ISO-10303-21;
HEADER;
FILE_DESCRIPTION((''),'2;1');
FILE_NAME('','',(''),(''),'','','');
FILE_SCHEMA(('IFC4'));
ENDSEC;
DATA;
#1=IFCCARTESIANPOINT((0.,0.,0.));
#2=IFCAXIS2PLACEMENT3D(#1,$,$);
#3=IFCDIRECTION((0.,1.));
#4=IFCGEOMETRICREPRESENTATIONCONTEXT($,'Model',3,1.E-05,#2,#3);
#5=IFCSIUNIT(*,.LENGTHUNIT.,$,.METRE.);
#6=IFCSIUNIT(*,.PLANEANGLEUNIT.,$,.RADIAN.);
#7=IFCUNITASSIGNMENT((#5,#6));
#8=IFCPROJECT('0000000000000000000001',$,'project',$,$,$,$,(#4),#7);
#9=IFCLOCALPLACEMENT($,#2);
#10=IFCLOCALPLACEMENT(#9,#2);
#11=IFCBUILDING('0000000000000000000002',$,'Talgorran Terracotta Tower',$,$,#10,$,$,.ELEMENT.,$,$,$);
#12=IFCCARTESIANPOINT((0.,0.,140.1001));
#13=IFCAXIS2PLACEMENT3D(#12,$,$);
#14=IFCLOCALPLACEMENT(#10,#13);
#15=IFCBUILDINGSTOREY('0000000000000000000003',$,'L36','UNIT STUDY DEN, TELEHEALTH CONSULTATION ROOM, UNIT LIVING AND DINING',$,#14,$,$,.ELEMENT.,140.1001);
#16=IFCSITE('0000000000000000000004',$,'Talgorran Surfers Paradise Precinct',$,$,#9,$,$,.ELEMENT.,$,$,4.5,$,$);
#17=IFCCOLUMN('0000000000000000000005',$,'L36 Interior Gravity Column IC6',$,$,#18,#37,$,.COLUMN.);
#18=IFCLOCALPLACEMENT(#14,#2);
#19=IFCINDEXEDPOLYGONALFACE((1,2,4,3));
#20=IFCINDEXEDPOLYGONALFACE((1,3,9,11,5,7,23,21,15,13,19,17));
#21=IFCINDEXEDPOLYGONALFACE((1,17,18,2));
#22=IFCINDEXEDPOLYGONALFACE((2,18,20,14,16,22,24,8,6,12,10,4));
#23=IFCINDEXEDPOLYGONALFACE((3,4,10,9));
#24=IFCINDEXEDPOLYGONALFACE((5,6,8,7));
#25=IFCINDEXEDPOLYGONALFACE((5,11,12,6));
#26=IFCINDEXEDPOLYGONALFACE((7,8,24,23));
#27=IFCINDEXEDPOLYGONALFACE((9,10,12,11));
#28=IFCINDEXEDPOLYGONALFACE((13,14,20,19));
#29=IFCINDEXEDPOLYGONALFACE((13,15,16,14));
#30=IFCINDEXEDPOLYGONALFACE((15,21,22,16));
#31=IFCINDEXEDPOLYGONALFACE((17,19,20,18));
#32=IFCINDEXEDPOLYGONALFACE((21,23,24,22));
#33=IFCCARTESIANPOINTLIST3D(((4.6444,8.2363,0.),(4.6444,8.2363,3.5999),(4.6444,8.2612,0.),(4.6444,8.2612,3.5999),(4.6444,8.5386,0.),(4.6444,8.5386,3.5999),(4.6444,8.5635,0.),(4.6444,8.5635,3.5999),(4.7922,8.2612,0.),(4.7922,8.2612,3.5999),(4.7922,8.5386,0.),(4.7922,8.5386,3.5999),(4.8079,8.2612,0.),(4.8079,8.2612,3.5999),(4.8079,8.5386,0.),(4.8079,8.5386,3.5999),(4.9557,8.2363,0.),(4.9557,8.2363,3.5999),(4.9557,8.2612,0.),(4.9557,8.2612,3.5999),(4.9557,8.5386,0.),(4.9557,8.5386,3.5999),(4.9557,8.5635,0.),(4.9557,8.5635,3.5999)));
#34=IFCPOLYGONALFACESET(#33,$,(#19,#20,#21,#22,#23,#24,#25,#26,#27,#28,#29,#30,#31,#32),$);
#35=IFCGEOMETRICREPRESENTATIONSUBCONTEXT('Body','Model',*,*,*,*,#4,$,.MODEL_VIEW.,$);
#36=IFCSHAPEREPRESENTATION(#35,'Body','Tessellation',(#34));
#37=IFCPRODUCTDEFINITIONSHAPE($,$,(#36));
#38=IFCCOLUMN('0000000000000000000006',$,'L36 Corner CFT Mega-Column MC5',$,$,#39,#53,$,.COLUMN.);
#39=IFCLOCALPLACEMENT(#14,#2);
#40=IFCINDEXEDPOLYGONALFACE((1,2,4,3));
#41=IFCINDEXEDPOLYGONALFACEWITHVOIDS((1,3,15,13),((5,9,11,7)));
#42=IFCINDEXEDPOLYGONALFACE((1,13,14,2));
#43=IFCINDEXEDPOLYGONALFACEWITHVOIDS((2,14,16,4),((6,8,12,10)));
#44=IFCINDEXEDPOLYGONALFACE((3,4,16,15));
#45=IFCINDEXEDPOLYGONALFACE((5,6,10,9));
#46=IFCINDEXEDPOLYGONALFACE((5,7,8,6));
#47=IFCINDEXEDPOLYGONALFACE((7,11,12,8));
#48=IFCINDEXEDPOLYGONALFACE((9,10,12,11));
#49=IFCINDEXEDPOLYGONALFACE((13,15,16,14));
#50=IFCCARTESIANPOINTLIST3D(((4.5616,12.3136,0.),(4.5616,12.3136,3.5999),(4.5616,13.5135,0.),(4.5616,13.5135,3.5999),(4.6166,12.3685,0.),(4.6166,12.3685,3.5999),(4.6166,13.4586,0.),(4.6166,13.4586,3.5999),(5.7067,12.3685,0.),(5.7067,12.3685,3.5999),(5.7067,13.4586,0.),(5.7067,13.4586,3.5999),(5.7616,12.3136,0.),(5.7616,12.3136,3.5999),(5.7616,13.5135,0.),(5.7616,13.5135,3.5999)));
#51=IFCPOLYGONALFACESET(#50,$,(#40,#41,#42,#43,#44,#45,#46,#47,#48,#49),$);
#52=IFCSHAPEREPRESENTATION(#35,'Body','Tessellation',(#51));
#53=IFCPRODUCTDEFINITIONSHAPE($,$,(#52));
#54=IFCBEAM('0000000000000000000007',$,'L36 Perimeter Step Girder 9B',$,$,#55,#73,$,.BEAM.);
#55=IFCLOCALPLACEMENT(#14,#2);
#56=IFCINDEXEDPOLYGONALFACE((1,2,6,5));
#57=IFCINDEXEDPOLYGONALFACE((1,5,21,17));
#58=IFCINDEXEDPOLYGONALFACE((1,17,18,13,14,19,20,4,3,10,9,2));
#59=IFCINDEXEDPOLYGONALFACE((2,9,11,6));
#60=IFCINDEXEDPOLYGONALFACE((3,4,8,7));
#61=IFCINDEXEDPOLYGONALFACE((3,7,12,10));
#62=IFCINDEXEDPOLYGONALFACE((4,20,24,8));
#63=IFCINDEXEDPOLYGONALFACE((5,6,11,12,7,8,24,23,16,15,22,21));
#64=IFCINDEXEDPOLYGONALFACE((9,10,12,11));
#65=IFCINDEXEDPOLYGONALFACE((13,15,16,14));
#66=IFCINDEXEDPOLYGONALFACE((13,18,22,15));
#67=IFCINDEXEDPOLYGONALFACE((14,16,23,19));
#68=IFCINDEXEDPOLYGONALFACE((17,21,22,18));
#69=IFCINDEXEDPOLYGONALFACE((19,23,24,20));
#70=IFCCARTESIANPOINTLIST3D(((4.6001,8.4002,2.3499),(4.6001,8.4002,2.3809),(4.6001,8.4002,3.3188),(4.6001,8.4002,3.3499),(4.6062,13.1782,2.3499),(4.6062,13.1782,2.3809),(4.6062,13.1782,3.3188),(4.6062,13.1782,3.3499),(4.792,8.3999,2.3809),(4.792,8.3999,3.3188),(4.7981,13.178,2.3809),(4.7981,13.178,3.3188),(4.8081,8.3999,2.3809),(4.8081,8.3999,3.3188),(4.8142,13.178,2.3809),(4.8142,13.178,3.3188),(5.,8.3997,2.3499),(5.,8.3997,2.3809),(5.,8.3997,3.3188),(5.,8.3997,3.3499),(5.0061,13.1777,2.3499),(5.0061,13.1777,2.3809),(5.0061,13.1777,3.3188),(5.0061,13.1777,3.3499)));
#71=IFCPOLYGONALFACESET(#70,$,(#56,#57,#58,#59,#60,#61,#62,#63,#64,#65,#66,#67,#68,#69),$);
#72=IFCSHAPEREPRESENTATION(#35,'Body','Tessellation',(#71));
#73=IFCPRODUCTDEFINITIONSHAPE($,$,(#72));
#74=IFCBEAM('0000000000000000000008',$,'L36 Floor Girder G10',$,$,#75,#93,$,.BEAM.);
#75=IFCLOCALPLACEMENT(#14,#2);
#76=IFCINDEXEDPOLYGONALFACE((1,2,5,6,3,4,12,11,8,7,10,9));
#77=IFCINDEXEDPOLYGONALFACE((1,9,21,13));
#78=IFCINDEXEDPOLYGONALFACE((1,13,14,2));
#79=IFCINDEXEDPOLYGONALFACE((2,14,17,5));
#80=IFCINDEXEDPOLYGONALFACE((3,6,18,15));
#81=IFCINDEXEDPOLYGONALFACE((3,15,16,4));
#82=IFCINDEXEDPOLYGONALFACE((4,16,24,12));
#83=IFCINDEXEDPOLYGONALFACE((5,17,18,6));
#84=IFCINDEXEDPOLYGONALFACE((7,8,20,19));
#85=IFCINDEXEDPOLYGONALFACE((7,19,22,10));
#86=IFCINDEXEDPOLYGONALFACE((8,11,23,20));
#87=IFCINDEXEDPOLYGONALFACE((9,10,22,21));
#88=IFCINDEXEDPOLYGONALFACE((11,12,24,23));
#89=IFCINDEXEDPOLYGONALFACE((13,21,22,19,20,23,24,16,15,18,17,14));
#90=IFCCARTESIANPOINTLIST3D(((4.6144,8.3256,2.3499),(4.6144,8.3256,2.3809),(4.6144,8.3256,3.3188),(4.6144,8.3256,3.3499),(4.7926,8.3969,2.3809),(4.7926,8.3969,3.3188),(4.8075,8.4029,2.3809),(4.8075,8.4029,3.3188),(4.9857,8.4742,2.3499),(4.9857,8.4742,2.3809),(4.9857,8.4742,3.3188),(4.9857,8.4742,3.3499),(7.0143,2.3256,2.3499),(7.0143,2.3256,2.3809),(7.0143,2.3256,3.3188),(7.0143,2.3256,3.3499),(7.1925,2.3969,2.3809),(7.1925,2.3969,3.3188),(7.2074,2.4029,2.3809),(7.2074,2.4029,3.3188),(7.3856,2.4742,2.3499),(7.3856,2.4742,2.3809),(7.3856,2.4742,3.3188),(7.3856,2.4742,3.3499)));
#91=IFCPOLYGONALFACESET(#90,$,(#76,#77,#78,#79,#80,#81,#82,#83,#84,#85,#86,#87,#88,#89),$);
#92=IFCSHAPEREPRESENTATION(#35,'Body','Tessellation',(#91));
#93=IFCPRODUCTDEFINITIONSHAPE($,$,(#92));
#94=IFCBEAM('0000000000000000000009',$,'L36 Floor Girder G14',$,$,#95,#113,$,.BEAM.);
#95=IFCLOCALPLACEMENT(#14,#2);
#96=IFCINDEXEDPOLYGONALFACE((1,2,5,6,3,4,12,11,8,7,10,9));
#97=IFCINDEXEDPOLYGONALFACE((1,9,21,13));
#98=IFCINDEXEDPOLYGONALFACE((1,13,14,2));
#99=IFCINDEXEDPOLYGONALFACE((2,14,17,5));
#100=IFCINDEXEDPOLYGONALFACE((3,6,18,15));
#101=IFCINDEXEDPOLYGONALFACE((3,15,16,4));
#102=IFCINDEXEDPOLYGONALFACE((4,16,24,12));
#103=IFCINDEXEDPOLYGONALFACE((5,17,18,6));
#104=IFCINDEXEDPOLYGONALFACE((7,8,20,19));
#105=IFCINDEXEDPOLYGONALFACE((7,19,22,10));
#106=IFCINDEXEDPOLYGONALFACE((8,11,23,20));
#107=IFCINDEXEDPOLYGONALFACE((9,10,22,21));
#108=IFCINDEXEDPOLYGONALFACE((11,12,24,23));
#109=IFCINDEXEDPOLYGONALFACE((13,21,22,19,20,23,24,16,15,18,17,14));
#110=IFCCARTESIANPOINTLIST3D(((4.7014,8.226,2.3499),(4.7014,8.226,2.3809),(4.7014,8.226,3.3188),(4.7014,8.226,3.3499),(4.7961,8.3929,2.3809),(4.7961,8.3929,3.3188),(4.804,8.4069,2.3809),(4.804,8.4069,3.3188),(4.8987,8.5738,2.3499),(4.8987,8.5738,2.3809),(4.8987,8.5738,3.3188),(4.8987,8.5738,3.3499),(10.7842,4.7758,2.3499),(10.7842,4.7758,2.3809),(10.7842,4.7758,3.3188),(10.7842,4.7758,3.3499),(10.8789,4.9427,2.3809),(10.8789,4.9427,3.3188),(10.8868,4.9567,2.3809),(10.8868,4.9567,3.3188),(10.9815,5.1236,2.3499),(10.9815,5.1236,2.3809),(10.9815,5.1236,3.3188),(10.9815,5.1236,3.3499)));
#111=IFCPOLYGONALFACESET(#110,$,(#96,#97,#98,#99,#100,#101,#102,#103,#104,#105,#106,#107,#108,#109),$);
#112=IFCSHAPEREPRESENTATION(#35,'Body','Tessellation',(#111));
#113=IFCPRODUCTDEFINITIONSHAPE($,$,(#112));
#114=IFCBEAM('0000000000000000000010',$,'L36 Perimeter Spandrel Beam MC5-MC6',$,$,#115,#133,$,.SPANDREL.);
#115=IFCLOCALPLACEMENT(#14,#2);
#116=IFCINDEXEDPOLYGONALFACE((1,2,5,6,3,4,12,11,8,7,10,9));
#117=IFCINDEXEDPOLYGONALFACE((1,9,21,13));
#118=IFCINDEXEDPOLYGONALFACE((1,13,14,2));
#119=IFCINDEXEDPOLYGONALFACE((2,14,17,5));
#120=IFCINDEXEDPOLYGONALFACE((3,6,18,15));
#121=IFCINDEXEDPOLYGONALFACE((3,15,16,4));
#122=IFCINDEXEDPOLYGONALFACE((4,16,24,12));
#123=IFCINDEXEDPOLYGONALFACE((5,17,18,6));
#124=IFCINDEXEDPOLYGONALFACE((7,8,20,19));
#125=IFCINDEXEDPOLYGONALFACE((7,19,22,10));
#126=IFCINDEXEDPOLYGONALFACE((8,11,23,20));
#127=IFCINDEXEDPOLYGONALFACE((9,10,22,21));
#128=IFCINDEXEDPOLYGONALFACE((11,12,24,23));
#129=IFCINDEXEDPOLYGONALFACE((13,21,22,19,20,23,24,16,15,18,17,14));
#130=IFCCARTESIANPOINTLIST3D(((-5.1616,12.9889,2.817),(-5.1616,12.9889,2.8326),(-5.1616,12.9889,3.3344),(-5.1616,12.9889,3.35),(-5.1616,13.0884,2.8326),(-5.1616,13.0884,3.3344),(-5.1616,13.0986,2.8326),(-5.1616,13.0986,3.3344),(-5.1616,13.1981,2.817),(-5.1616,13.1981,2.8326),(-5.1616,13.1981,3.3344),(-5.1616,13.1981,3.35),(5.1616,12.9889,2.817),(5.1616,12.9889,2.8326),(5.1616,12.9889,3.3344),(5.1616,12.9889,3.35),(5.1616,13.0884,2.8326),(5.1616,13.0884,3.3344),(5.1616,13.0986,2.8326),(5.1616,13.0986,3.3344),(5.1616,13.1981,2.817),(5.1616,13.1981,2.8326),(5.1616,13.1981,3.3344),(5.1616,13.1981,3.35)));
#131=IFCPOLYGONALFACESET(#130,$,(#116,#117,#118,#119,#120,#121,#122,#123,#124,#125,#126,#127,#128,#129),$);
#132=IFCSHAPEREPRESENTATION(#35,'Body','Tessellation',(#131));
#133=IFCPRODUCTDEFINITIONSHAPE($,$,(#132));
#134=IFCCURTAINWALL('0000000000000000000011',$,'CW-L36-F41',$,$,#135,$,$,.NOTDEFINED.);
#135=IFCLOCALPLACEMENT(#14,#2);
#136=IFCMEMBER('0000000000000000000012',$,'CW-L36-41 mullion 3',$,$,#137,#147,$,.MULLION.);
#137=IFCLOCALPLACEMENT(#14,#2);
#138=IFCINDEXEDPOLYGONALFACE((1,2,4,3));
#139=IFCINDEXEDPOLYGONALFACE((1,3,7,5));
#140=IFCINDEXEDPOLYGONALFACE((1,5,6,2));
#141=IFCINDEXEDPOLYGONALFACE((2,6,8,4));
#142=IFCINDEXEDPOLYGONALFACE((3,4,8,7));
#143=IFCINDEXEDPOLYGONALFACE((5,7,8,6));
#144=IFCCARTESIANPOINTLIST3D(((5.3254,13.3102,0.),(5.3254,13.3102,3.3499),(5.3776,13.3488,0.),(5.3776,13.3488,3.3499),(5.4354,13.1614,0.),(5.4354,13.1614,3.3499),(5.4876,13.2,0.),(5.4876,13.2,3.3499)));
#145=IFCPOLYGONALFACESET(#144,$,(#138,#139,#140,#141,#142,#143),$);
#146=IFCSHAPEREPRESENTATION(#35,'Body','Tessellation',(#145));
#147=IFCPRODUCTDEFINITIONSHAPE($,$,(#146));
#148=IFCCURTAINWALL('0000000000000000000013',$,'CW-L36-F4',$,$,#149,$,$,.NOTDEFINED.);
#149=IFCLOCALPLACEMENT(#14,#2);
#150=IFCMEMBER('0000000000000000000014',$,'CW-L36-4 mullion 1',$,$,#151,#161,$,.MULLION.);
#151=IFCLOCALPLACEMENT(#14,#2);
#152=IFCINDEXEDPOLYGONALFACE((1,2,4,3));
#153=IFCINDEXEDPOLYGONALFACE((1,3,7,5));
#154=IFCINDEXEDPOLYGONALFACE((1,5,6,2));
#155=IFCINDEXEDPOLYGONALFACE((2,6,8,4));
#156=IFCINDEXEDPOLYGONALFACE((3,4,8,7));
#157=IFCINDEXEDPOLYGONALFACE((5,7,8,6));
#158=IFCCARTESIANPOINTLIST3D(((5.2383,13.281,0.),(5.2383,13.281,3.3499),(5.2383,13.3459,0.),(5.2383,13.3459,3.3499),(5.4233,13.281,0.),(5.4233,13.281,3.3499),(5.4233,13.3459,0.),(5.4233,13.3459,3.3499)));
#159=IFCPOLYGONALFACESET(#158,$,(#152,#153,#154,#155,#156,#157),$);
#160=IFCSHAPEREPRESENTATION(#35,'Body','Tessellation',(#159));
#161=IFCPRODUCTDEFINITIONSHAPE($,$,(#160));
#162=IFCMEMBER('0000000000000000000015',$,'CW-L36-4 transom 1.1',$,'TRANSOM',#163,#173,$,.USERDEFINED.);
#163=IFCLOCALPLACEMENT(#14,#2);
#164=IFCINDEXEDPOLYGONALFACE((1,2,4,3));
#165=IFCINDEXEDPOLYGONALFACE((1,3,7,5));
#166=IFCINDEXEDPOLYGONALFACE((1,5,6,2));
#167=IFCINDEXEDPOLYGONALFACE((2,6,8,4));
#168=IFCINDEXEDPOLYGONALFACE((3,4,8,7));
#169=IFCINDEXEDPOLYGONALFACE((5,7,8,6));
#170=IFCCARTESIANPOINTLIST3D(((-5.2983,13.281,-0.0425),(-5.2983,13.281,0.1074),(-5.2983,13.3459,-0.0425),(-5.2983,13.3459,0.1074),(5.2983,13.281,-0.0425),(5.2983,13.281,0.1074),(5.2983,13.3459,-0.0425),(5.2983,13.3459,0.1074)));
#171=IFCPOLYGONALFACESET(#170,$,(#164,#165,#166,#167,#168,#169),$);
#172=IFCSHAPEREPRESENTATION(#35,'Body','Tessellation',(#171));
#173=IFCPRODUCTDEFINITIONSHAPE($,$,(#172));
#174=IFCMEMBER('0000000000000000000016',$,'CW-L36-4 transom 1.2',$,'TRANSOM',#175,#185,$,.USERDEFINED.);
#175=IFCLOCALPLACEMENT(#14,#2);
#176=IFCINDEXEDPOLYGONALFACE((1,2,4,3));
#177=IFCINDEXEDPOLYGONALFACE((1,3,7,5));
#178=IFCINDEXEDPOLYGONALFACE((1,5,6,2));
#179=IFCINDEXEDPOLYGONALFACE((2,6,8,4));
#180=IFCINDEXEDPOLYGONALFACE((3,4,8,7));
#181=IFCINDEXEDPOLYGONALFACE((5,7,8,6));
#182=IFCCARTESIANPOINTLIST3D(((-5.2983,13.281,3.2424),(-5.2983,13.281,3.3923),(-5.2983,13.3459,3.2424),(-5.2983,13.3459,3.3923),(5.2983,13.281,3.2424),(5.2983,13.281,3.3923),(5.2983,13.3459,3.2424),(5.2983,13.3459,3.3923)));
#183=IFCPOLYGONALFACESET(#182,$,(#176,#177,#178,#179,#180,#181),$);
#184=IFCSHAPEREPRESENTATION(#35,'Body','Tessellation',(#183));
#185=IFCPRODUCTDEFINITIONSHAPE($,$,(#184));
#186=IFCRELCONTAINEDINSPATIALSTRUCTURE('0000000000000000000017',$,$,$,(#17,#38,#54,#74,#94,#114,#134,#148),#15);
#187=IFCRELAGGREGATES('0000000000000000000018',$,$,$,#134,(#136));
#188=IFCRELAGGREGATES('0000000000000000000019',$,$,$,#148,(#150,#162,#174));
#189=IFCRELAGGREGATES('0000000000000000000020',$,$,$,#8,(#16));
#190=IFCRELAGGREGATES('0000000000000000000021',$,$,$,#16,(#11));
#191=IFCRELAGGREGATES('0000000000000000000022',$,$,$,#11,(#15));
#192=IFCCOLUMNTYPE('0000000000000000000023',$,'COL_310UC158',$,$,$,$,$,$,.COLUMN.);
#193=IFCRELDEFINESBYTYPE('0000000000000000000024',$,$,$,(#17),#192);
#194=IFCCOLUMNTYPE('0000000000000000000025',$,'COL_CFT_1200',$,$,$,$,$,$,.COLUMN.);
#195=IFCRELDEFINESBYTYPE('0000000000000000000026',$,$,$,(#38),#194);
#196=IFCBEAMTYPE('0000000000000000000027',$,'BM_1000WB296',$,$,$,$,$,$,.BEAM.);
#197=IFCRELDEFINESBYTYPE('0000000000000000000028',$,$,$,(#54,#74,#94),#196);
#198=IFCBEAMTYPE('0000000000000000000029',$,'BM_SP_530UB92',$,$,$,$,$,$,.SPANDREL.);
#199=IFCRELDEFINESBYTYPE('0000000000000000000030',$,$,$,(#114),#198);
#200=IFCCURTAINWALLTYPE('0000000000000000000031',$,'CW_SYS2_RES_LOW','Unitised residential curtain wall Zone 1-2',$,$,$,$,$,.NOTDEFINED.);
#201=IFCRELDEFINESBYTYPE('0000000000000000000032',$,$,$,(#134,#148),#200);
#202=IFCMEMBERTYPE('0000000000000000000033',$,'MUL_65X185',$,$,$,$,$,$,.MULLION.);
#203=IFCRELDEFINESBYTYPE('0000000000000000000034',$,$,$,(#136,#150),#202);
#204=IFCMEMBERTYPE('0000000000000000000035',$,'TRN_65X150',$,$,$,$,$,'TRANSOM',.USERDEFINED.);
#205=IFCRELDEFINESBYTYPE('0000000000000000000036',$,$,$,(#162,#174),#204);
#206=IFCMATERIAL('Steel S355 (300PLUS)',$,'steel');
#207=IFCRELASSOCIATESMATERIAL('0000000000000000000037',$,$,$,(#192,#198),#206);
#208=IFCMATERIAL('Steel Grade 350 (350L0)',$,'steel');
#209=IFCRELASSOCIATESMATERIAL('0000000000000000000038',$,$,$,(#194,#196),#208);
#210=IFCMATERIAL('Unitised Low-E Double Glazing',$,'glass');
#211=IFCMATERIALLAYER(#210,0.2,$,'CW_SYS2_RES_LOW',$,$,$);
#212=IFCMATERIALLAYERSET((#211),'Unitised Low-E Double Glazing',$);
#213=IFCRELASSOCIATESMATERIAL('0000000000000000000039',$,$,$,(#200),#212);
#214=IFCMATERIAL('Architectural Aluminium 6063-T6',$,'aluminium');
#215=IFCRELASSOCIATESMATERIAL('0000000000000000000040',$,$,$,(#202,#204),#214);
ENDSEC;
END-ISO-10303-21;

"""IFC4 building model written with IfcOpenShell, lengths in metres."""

from ifc_helpers import new_model, si_unit, direction, frame, origin, origin_2d, place, context, subcontext, project, spatial, rectangle, hollow_rectangle, i_section, extrude, material, layer, layer_set, material_profile, profile_set, type_object, element, aggregate, save


model = new_model("IFC4")

# Units and contexts
model_context = context("Model", 3, precision=1e-05, world=origin(), true_north=direction((0.0, 1.0)))
body_context = subcontext(model_context, "Body", "Model", "MODEL_VIEW")
ifc_project = project(units=[si_unit("LENGTHUNIT", "METRE"), si_unit("PLANEANGLEUNIT", "RADIAN")], contexts=[model_context])

# Site, building, storey
site_placement = place(None, origin())
site = spatial("IfcSite", under=ifc_project, at=site_placement, Name="Talgorran Surfers Paradise Precinct", CompositionType="ELEMENT", RefElevation=4.5)
building_placement = place(site_placement, origin())
building = spatial("IfcBuilding", under=site, at=building_placement, Name="Talgorran Terracotta Tower", CompositionType="ELEMENT")
storey_placement = place(building_placement, frame((0.0, 0.0, 140.1001)))
storey = spatial("IfcBuildingStorey", under=building, at=storey_placement, Name="L36", Description="UNIT STUDY DEN, TELEHEALTH CONSULTATION ROOM, UNIT LIVING AND DINING", CompositionType="ELEMENT", Elevation=140.1001)

# Columns
ifc_material_1 = material(Name="Steel S355 (300PLUS)", Category="steel")
ifc_material_profile_1 = material_profile(ifc_material_1, i_section(OverallWidth=0.3113, OverallDepth=0.3271, WebThickness=0.0156, FlangeThickness=0.0249, at=origin_2d()), Name="310UC158")
ifc_profile_set_1 = profile_set([ifc_material_profile_1], Name="Steel S355 (300PLUS)")
column_type_1 = type_object("IfcColumnType", Name="COL_310UC158", PredefinedType="COLUMN", material=ifc_profile_set_1)
column_1_placement = place(storey_placement, frame((4.8, 8.3999, 0.0), z_axis=(0.0, 0.0, 1.0), x_axis=(1.0, 0.0, 0.0)))
element("IfcColumn", 1, at=column_1_placement, inside=storey, type_object=column_type_1, Name="L36 Interior Gravity Column IC6", PredefinedType="COLUMN", context=body_context, shape_type="SweptSolid", body=[
    extrude(i_section(OverallWidth=0.3113, OverallDepth=0.3271, WebThickness=0.0156, FlangeThickness=0.0249, at=origin_2d()), origin(), (0.0, 0.0, 1.0), 3.5999),
])
ifc_material_2 = material(Name="Steel Grade 350 (350L0)", Category="steel")
ifc_material_profile_2 = material_profile(ifc_material_2, hollow_rectangle(XDim=1.2, YDim=1.2, WallThickness=0.0549, at=origin_2d()), Name="CFT1200X1200X55")
ifc_profile_set_2 = profile_set([ifc_material_profile_2], Name="Steel Grade 350 (350L0)")
column_type_2 = type_object("IfcColumnType", Name="COL_CFT_1200", PredefinedType="COLUMN", material=ifc_profile_set_2)
column_2_placement = place(storey_placement, frame((5.1616, 12.9136, 0.0), z_axis=(0.0, 0.0, 1.0), x_axis=(1.0, 0.0, 0.0)))
element("IfcColumn", 2, at=column_2_placement, inside=storey, type_object=column_type_2, Name="L36 Corner CFT Mega-Column MC5", PredefinedType="COLUMN", context=body_context, shape_type="SweptSolid", body=[
    extrude(hollow_rectangle(XDim=1.2, YDim=1.2, WallThickness=0.0549, at=origin_2d()), origin(), (0.0, 0.0, 1.0), 3.5999),
])

# Beams
ifc_material_profile_3 = material_profile(ifc_material_2, i_section(OverallWidth=0.3999, OverallDepth=1.0, WebThickness=0.0161, FlangeThickness=0.031, at=origin_2d()), Name="1000WB296")
ifc_profile_set_3 = profile_set([ifc_material_profile_3], Name="Steel Grade 350 (350L0)")
beam_type_1 = type_object("IfcBeamType", Name="BM_1000WB296", PredefinedType="BEAM", material=ifc_profile_set_3)
beam_1_placement = place(storey_placement, frame((4.8062, 13.178, 2.8499), z_axis=(-0.001277, -0.999999, 0.0), x_axis=(0.999999, -0.001277, 0.0)))
element("IfcBeam", 3, at=beam_1_placement, inside=storey, type_object=beam_type_1, Name="L36 Perimeter Step Girder 9B", PredefinedType="BEAM", context=body_context, shape_type="SweptSolid", body=[
    extrude(i_section(OverallWidth=0.3999, OverallDepth=1.0, WebThickness=0.0161, FlangeThickness=0.031, at=origin_2d()), origin(), (0.0, 0.0, 1.0), 4.7781),
])
beam_2_placement = place(storey_placement, frame((7.2, 2.3999, 2.8499), z_axis=(-0.371378, 0.928482, 0.0), x_axis=(-0.928482, -0.371378, 0.0)))
element("IfcBeam", 4, at=beam_2_placement, inside=storey, type_object=beam_type_1, Name="L36 Floor Girder G10", PredefinedType="BEAM", context=body_context, shape_type="SweptSolid", body=[
    extrude(i_section(OverallWidth=0.3999, OverallDepth=1.0, WebThickness=0.0161, FlangeThickness=0.031, at=origin_2d()), origin(), (0.0, 0.0, 1.0), 6.4622),
])
beam_3_placement = place(storey_placement, frame((4.8, 8.3999, 2.8499), z_axis=(0.86982, -0.493369, 0.0), x_axis=(0.493369, 0.86982, 0.0)))
element("IfcBeam", 5, at=beam_3_placement, inside=storey, type_object=beam_type_1, Name="L36 Floor Girder G14", PredefinedType="BEAM", context=body_context, shape_type="SweptSolid", body=[
    extrude(i_section(OverallWidth=0.3999, OverallDepth=1.0, WebThickness=0.0161, FlangeThickness=0.031, at=origin_2d()), origin(), (0.0, 0.0, 1.0), 6.9932),
])
ifc_material_profile_4 = material_profile(ifc_material_1, i_section(OverallWidth=0.2092, OverallDepth=0.533, WebThickness=0.0103, FlangeThickness=0.0156, at=origin_2d()), Name="530UB92.4")
ifc_profile_set_4 = profile_set([ifc_material_profile_4], Name="Steel S355 (300PLUS)")
beam_type_2 = type_object("IfcBeamType", Name="BM_SP_530UB92", PredefinedType="SPANDREL", material=ifc_profile_set_4)
beam_4_placement = place(storey_placement, frame((5.1616, 13.0935, 3.0835), z_axis=(-1.0, 0.0, 0.0), x_axis=(0.0, -1.0, 0.0)))
element("IfcBeam", 6, at=beam_4_placement, inside=storey, type_object=beam_type_2, Name="L36 Perimeter Spandrel Beam MC5-MC6", PredefinedType="SPANDREL", context=body_context, shape_type="SweptSolid", body=[
    extrude(i_section(OverallWidth=0.2092, OverallDepth=0.533, WebThickness=0.0103, FlangeThickness=0.0156, at=origin_2d()), origin(), (0.0, 0.0, 1.0), 10.3232),
])

# Curtain wall, member
ifc_material_3 = material(Name="Unitised Low-E Double Glazing", Category="glass")
ifc_layer_1 = layer(ifc_material_3, 0.2, Name="CW_SYS2_RES_LOW")
ifc_layer_set_1 = layer_set([ifc_layer_1], Name="Unitised Low-E Double Glazing")
curtain_wall_type = type_object("IfcCurtainWallType", Name="CW_SYS2_RES_LOW", Description="Unitised residential curtain wall Zone 1-2", PredefinedType="NOTDEFINED", material=ifc_layer_set_1)
curtain_wall_1_placement = place(storey_placement, origin())
curtain_wall_1 = element("IfcCurtainWall", 7, at=curtain_wall_1_placement, inside=storey, type_object=curtain_wall_type, Name="CW-L36-F41", PredefinedType="NOTDEFINED")
ifc_material_4 = material(Name="Architectural Aluminium 6063-T6", Category="aluminium")
ifc_material_profile_5 = material_profile(ifc_material_4, rectangle(XDim=0.0649, YDim=0.1851, at=origin_2d()), Name="CWM65X185")
ifc_profile_set_5 = profile_set([ifc_material_profile_5], Name="Architectural Aluminium 6063-T6")
member_type_1 = type_object("IfcMemberType", Name="MUL_65X185", PredefinedType="MULLION", material=ifc_profile_set_5)
member_1_placement = place(storey_placement, frame((5.4065, 13.2551, 0.0), z_axis=(0.0, 0.0, 1.0), x_axis=(-0.804201, -0.594357, 0.0)))
member_1 = element("IfcMember", 8, at=member_1_placement, type_object=member_type_1, Name="CW-L36-41 mullion 3", PredefinedType="MULLION", context=body_context, shape_type="SweptSolid", body=[
    extrude(rectangle(XDim=0.0649, YDim=0.1851, at=origin_2d()), origin(), (0.0, 0.0, 1.0), 3.3499),
])
aggregate(curtain_wall_1, [member_1])

# Curtain wall, members
curtain_wall_2_placement = place(storey_placement, origin())
curtain_wall_2 = element("IfcCurtainWall", 9, at=curtain_wall_2_placement, inside=storey, type_object=curtain_wall_type, Name="CW-L36-F4", PredefinedType="NOTDEFINED")
member_2_placement = place(storey_placement, frame((5.3308, 13.3135, 0.0), z_axis=(0.0, 0.0, 1.0), x_axis=(0.0, -1.0, 0.0)))
member_2 = element("IfcMember", 10, at=member_2_placement, type_object=member_type_1, Name="CW-L36-4 mullion 1", PredefinedType="MULLION", context=body_context, shape_type="SweptSolid", body=[
    extrude(rectangle(XDim=0.0649, YDim=0.1851, at=origin_2d()), origin(), (0.0, 0.0, 1.0), 3.3499),
])
ifc_material_profile_6 = material_profile(ifc_material_4, rectangle(XDim=0.0649, YDim=0.1499, at=origin_2d()), Name="CWT65X150")
ifc_profile_set_6 = profile_set([ifc_material_profile_6], Name="Architectural Aluminium 6063-T6")
member_type_2 = type_object("IfcMemberType", Name="TRN_65X150", ElementType="TRANSOM", PredefinedType="USERDEFINED", material=ifc_profile_set_6)
member_3_placement = place(storey_placement, frame((5.2983, 13.3135, 0.0325), z_axis=(-1.0, 0.0, 0.0), x_axis=(0.0, -1.0, 0.0)))
member_3 = element("IfcMember", 11, at=member_3_placement, type_object=member_type_2, Name="CW-L36-4 transom 1.1", ObjectType="TRANSOM", PredefinedType="USERDEFINED", context=body_context, shape_type="SweptSolid", body=[
    extrude(rectangle(XDim=0.0649, YDim=0.1499, at=origin_2d()), origin(), (0.0, 0.0, 1.0), 10.5967),
])
member_4_placement = place(storey_placement, frame((5.2983, 13.3135, 3.3174), z_axis=(-1.0, 0.0, 0.0), x_axis=(0.0, -1.0, 0.0)))
member_4 = element("IfcMember", 12, at=member_4_placement, type_object=member_type_2, Name="CW-L36-4 transom 1.2", ObjectType="TRANSOM", PredefinedType="USERDEFINED", context=body_context, shape_type="SweptSolid", body=[
    extrude(rectangle(XDim=0.0649, YDim=0.1499, at=origin_2d()), origin(), (0.0, 0.0, 1.0), 10.5967),
])
aggregate(curtain_wall_2, [member_2, member_3, member_4])

save(model, "model.ifc")
